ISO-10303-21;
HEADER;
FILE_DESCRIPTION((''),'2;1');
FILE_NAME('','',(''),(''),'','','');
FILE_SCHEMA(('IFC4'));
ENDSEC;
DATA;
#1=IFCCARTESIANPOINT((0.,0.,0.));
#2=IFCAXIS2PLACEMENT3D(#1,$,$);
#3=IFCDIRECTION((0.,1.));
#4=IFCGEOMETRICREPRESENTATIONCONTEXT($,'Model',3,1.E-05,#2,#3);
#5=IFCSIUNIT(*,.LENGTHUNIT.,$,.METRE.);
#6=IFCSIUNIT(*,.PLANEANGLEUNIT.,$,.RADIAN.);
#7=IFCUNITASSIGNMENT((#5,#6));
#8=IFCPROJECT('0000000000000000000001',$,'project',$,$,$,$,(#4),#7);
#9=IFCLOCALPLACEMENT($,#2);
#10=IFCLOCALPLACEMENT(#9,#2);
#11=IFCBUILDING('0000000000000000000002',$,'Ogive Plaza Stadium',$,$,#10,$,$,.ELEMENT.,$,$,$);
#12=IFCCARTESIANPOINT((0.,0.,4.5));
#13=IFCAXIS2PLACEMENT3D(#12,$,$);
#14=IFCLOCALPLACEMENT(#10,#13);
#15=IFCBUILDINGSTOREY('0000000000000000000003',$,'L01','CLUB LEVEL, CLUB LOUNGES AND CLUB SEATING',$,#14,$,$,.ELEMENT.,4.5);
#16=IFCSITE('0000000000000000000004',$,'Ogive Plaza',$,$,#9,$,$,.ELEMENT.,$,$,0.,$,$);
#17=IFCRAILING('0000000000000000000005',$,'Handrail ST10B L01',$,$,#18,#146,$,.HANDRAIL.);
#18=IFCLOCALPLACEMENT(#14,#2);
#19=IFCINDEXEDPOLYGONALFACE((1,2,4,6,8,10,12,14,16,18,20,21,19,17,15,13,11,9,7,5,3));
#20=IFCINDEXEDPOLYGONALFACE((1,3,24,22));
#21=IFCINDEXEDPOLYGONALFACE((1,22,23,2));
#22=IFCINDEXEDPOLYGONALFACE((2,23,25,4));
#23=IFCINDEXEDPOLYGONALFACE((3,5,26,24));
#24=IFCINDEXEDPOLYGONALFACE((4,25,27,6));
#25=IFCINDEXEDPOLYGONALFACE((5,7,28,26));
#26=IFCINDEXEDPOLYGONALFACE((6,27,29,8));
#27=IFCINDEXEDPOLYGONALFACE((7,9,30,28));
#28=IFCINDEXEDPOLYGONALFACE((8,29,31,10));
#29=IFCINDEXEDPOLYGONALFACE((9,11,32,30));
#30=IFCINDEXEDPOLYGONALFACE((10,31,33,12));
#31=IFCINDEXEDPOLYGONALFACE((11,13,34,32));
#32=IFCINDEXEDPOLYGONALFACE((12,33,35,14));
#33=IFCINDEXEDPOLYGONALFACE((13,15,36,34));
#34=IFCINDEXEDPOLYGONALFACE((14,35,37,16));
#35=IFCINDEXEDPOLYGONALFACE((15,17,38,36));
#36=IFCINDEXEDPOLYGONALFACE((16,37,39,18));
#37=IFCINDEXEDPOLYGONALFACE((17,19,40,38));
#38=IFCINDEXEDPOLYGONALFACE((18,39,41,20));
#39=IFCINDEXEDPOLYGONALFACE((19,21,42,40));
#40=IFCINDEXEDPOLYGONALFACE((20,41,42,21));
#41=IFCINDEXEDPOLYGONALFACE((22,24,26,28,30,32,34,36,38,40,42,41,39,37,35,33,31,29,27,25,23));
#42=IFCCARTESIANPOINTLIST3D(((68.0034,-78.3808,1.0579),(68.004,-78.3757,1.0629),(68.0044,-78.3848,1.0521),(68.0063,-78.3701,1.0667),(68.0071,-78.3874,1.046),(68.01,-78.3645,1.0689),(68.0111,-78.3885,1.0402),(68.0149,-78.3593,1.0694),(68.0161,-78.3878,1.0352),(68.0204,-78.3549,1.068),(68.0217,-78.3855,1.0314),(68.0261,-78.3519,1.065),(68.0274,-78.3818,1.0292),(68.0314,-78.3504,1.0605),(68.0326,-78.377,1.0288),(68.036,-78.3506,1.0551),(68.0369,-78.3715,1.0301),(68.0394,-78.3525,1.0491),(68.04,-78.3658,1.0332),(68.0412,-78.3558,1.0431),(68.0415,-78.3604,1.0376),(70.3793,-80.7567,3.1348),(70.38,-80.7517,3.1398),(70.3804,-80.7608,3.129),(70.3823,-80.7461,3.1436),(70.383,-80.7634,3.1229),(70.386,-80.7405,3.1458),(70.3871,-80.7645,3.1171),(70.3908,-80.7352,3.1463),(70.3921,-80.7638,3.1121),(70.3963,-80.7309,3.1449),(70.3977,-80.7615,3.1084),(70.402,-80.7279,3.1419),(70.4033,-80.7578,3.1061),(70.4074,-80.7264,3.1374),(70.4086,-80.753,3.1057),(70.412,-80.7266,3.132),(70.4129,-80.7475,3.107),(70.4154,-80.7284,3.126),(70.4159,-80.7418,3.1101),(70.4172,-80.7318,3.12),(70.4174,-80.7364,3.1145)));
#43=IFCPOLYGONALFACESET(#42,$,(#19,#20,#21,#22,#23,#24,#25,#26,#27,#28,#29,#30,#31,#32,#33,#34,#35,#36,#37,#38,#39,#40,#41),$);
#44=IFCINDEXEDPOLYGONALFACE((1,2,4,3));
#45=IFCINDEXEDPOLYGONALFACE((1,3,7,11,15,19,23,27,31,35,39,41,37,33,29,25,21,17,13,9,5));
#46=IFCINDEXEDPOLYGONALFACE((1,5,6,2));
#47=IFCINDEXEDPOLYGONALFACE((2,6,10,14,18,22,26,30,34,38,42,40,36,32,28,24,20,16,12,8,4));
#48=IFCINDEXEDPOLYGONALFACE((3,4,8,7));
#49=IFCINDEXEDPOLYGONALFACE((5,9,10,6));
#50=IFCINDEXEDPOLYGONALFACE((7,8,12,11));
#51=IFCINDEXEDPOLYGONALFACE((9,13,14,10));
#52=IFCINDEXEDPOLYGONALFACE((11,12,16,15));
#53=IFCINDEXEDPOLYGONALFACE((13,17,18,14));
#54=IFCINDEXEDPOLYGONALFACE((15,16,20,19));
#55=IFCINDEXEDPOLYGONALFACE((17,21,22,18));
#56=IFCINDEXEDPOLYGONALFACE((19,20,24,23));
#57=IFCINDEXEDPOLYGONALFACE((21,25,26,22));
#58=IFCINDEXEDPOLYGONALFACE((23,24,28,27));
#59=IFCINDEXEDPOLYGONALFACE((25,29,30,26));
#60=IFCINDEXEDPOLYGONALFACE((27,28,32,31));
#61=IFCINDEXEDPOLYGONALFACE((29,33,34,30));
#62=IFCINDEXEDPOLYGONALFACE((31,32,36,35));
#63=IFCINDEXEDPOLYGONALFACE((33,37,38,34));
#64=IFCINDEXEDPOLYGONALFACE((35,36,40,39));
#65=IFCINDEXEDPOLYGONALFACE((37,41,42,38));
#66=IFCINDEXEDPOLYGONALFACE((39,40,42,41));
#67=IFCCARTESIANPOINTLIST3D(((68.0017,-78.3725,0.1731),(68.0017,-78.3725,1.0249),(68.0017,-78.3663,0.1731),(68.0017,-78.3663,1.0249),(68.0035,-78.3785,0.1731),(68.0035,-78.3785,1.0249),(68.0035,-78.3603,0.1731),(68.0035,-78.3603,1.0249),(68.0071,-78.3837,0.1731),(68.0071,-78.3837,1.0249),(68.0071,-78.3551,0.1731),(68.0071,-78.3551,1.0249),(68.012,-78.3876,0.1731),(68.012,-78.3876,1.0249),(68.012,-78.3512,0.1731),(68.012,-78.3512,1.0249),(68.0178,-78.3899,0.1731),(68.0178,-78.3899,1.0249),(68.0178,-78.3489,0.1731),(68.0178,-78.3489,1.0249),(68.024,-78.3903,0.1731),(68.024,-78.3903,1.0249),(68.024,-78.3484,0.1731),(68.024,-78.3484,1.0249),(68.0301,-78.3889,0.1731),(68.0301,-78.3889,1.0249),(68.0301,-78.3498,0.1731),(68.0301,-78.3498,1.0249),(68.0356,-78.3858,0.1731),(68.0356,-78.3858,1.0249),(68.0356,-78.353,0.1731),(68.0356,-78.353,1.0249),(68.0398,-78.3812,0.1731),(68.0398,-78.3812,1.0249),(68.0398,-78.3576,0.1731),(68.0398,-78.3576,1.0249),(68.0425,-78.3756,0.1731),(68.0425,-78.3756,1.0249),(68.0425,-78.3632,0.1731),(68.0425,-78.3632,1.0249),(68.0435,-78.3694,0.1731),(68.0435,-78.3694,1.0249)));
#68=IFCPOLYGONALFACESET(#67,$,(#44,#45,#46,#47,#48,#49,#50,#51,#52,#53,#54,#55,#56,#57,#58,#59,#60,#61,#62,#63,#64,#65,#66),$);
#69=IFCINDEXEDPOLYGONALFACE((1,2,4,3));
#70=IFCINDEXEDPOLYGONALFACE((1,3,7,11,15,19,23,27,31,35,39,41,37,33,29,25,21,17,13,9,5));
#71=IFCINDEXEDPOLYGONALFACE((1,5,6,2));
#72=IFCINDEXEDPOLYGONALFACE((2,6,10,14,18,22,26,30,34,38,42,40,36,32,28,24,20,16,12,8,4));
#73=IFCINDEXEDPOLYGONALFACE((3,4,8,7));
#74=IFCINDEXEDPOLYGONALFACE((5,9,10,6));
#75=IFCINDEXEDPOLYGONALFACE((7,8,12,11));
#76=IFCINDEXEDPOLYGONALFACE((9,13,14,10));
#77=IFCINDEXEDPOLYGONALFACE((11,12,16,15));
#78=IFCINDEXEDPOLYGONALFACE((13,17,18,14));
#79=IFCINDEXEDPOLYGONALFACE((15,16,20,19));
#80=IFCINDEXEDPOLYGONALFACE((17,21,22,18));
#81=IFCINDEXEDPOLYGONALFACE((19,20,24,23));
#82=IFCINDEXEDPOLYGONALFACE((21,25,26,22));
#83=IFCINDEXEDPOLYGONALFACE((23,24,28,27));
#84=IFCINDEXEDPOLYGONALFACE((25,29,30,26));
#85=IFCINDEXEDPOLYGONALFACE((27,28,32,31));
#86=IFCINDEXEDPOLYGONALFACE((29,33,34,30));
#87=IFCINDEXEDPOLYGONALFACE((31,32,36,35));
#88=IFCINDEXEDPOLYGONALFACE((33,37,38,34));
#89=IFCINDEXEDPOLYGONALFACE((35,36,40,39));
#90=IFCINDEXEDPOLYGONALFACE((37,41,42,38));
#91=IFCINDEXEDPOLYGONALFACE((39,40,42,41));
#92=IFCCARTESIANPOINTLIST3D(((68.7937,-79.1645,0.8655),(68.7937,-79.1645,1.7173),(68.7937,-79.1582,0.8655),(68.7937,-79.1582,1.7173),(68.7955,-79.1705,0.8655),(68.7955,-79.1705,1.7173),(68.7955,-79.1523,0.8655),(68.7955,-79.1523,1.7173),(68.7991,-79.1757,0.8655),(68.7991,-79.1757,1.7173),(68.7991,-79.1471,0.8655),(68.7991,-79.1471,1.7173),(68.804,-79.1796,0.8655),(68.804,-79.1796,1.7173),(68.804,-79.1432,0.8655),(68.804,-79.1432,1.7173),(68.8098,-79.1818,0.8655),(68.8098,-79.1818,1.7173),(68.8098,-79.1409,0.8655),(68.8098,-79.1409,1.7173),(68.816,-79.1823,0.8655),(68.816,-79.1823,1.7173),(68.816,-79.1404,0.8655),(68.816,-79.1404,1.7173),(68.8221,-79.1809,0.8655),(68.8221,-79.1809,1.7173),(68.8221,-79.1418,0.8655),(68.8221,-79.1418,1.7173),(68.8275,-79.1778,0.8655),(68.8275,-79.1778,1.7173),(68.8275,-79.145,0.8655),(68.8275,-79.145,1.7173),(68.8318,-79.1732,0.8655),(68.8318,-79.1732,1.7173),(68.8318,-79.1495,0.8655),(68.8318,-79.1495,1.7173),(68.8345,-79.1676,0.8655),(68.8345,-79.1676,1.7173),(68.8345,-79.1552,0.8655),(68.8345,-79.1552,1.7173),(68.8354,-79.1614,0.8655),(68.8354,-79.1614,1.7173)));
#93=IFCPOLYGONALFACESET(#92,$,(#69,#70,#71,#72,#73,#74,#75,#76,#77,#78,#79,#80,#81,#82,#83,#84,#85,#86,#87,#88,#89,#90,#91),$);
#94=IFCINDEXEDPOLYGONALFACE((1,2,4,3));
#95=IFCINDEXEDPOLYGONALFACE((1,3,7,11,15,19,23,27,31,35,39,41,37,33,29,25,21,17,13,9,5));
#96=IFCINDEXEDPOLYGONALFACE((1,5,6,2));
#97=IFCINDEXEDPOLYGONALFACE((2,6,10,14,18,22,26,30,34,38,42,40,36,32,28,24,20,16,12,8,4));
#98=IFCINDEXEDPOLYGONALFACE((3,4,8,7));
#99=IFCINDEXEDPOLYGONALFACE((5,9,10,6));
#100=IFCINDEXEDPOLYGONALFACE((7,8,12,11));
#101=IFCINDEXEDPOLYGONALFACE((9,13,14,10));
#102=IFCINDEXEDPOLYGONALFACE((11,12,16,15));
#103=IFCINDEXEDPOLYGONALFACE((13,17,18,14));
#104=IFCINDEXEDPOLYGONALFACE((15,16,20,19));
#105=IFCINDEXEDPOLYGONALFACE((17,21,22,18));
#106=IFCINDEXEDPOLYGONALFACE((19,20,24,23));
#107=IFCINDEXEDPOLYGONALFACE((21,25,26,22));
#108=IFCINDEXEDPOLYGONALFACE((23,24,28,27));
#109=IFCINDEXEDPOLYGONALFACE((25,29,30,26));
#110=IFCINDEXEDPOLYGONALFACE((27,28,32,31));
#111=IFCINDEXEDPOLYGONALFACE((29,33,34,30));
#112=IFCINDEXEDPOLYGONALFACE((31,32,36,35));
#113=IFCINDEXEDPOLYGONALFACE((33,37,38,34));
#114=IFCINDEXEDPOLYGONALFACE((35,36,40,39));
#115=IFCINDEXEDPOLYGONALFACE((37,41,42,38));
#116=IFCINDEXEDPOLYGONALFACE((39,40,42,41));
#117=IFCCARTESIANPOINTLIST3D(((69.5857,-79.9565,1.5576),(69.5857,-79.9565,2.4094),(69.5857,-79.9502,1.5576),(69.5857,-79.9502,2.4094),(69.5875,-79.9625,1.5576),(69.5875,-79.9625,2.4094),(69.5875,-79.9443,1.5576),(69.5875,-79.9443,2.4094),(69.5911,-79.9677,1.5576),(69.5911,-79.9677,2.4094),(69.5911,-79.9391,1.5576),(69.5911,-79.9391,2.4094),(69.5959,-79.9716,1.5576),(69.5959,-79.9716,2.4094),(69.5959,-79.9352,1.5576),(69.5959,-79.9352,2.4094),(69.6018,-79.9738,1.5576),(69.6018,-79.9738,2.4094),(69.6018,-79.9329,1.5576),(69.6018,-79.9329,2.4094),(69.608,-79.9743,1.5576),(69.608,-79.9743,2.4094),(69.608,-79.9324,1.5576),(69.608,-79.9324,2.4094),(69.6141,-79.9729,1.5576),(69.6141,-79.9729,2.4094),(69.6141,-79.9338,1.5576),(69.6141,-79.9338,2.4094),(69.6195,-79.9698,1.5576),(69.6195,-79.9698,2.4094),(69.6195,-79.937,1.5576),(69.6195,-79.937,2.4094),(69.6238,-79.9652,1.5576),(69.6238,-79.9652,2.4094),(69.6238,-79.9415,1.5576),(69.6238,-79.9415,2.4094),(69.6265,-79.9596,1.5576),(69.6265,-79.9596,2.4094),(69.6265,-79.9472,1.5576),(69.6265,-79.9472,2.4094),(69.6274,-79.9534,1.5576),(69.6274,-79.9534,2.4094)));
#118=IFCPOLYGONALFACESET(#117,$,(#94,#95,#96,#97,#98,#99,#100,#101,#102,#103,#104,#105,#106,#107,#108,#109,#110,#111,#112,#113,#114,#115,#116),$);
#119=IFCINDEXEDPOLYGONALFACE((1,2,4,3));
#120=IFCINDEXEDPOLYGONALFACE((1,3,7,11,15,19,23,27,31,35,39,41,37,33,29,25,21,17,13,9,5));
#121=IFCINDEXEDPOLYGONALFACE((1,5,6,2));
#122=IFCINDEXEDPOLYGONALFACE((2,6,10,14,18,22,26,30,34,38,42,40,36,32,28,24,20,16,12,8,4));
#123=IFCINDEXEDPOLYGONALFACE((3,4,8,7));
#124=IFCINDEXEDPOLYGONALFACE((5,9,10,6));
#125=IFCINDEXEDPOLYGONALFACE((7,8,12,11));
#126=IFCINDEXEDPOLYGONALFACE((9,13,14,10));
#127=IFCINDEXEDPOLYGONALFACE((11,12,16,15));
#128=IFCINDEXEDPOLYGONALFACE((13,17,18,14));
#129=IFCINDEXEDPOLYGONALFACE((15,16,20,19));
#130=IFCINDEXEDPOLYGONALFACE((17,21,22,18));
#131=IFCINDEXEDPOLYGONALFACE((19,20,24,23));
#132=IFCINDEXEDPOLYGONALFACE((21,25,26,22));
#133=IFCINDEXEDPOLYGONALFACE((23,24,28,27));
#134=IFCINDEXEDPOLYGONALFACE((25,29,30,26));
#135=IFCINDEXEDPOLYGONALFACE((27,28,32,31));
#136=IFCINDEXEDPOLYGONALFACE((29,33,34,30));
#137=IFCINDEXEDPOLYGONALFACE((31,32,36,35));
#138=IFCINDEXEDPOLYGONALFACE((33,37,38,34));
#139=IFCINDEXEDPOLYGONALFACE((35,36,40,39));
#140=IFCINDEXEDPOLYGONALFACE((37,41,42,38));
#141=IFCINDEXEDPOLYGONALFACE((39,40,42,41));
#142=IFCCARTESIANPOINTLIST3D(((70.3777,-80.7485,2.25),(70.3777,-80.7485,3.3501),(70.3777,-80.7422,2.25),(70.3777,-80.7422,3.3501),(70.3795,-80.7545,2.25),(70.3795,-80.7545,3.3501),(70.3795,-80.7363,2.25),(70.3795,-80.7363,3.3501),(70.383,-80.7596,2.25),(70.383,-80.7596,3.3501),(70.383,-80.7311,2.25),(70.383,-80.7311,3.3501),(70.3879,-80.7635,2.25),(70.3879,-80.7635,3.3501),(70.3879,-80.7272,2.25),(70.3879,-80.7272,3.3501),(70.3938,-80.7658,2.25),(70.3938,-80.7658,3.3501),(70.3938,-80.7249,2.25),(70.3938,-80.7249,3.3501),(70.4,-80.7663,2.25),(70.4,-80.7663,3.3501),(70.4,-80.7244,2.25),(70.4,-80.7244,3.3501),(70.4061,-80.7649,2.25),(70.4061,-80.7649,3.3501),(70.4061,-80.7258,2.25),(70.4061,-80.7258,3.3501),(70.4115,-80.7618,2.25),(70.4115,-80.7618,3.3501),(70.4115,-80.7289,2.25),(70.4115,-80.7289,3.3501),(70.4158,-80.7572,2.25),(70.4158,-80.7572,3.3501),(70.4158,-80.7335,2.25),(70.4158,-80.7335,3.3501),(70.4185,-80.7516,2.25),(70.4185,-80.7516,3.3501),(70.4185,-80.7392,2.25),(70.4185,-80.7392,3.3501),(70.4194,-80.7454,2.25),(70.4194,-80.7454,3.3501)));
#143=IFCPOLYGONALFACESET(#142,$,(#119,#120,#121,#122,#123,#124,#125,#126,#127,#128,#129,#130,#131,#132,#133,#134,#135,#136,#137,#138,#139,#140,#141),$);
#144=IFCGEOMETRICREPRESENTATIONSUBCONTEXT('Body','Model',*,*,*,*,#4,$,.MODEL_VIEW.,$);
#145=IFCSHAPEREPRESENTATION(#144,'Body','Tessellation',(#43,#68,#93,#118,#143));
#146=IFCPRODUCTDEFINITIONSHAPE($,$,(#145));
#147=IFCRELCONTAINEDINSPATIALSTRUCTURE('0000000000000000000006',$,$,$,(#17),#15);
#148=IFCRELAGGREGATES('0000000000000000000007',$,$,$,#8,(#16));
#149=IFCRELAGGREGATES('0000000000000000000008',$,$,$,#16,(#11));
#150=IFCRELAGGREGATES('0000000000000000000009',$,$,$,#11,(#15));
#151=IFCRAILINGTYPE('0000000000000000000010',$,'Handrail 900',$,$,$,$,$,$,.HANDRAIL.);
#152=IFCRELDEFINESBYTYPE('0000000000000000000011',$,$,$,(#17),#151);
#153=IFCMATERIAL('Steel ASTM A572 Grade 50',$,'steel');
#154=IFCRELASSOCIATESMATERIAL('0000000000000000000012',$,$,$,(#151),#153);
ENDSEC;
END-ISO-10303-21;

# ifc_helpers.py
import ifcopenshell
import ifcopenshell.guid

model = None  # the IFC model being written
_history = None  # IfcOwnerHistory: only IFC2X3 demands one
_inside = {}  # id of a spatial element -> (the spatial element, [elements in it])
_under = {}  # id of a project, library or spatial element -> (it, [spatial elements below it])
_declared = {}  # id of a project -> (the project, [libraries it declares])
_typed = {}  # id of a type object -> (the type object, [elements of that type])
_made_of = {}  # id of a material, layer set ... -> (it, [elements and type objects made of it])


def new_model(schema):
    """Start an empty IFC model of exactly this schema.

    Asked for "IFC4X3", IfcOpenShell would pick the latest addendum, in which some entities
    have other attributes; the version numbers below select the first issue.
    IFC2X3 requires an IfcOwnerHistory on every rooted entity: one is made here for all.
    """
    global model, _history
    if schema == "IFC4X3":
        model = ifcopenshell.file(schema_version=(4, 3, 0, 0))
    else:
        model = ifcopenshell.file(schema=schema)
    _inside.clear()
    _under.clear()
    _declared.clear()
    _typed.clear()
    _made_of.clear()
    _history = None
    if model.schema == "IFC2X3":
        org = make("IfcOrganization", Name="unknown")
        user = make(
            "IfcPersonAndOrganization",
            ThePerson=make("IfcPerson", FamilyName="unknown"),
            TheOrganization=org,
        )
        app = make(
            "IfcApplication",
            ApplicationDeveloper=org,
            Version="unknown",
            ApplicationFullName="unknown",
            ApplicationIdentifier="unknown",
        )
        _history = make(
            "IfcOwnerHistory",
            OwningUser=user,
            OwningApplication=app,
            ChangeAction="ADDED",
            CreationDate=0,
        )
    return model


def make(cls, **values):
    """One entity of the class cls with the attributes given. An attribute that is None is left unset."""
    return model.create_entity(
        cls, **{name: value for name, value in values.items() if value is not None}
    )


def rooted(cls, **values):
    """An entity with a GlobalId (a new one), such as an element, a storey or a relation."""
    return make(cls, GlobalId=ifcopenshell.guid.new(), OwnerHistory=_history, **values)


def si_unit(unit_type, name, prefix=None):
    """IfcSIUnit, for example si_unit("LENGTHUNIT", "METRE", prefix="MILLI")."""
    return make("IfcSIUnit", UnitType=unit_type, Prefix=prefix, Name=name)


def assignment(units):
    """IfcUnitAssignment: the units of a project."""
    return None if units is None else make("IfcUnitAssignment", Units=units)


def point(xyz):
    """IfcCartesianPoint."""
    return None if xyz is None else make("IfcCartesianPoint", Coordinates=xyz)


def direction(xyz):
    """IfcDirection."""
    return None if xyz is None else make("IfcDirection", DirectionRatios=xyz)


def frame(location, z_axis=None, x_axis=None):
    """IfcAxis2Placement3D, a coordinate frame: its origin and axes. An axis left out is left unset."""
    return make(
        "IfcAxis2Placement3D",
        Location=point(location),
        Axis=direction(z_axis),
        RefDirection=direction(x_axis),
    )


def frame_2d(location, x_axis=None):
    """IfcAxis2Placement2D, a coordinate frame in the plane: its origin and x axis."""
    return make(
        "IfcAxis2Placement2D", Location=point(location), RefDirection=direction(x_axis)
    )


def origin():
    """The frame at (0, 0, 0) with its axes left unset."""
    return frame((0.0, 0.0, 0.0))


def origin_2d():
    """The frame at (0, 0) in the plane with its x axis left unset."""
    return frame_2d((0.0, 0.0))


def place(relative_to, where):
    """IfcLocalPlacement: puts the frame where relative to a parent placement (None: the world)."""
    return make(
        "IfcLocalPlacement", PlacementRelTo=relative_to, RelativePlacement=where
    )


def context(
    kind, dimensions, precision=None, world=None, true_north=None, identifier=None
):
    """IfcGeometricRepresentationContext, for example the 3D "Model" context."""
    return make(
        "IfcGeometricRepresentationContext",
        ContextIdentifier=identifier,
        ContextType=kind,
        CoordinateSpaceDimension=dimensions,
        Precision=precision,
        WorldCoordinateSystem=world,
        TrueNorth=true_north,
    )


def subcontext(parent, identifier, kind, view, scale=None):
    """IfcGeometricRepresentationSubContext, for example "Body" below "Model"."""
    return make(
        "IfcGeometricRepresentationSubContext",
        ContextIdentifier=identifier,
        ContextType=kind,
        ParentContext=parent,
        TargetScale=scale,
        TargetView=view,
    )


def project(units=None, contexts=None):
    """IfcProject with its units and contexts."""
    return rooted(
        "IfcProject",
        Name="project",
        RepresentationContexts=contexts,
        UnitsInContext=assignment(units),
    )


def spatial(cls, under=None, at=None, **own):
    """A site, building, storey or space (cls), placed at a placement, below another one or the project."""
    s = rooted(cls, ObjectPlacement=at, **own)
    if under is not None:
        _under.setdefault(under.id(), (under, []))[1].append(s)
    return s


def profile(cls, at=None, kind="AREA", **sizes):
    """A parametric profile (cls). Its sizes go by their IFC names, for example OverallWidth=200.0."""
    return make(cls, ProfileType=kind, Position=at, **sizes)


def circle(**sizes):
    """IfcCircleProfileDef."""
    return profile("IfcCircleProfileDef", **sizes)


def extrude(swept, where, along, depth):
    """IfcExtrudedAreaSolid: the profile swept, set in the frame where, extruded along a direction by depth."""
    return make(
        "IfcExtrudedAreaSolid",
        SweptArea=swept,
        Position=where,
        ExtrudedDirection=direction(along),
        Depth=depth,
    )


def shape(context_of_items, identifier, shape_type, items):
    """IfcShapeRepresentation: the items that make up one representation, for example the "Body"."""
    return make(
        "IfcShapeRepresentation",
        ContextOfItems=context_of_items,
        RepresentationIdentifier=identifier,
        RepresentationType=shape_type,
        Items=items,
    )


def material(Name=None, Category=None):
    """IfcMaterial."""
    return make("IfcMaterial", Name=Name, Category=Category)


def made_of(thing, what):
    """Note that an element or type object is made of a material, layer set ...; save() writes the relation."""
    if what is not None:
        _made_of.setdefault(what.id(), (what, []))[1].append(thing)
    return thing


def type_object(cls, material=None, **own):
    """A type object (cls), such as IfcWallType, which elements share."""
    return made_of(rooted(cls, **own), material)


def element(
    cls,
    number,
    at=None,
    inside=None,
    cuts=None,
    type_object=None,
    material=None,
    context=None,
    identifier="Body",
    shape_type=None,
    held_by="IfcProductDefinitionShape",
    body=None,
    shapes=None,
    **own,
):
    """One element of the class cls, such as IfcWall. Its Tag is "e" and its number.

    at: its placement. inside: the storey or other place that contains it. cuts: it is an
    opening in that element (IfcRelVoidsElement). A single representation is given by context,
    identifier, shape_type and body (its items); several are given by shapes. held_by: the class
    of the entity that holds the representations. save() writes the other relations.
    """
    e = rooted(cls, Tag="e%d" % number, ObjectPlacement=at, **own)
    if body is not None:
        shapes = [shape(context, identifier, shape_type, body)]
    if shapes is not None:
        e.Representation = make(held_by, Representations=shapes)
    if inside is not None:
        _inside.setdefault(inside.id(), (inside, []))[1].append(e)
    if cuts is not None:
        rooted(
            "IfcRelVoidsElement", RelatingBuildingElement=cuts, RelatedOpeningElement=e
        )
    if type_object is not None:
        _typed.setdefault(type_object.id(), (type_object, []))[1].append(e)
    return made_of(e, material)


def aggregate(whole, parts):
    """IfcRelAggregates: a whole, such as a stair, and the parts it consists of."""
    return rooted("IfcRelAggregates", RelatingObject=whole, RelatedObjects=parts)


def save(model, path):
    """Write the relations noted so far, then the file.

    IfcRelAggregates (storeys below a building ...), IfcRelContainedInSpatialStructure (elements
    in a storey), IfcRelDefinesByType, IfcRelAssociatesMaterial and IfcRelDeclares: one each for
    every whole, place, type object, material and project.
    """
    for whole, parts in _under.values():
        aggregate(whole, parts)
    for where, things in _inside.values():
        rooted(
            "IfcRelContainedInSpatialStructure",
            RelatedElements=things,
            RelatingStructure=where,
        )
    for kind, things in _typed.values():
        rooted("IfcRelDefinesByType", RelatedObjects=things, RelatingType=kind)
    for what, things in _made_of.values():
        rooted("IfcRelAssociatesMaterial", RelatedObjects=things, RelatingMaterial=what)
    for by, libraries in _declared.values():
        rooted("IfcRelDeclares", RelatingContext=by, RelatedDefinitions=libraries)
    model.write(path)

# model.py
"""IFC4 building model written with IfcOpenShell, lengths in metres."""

from ifc_helpers import new_model, si_unit, direction, frame, origin, origin_2d, place, context, subcontext, project, spatial, circle, extrude, material, type_object, element, save


model = new_model("IFC4")

# Units and contexts
model_context = context("Model", 3, precision=1e-05, world=origin(), true_north=direction((0.0, 1.0)))
body_context = subcontext(model_context, "Body", "Model", "MODEL_VIEW")
ifc_project = project(units=[si_unit("LENGTHUNIT", "METRE"), si_unit("PLANEANGLEUNIT", "RADIAN")], contexts=[model_context])

# Site, building, storey
site_placement = place(None, origin())
site = spatial("IfcSite", under=ifc_project, at=site_placement, Name="Ogive Plaza", CompositionType="ELEMENT", RefElevation=0.0)
building_placement = place(site_placement, origin())
building = spatial("IfcBuilding", under=site, at=building_placement, Name="Ogive Plaza Stadium", CompositionType="ELEMENT")
storey_placement = place(building_placement, frame((0.0, 0.0, 4.5)))
storey = spatial("IfcBuildingStorey", under=building, at=storey_placement, Name="L01", Description="CLUB LEVEL, CLUB LOUNGES AND CLUB SEATING", CompositionType="ELEMENT", Elevation=4.5)

# Railing
ifc_material_1 = material(Name="Steel ASTM A572 Grade 50", Category="steel")
railing_type_1 = type_object("IfcRailingType", Name="Handrail 900", PredefinedType="HANDRAIL", material=ifc_material_1)
railing_1_placement = place(storey_placement, frame((68.0225, -78.3694, 0.1731)))
element("IfcRailing", 1, at=railing_1_placement, inside=storey, type_object=railing_type_1, Name="Handrail ST10B L01", PredefinedType="HANDRAIL", context=body_context, shape_type="SweptSolid", body=[
    extrude(circle(Radius=0.0239, at=origin_2d()), frame((0.0, 0.0, 0.876), z_axis=(0.601483, -0.601483, 0.525772), x_axis=(0.707107, 0.707107, 0.0)), (0.0, 0.0, 1.0), 3.9502),
    extrude(circle(Radius=0.021, at=origin_2d()), origin(), (0.0, 0.0, 1.0), 0.8518),
    extrude(circle(Radius=0.021, at=origin_2d()), frame((0.792, -0.792, 0.6924)), (0.0, 0.0, 1.0), 0.8518),
    extrude(circle(Radius=0.021, at=origin_2d()), frame((1.584, -1.584, 1.3845)), (0.0, 0.0, 1.0), 0.8518),
    extrude(circle(Radius=0.021, at=origin_2d()), frame((2.376, -2.376, 2.0769)), (0.0, 0.0, 1.0), 1.1001),
])

save(model, "model.ifc")
